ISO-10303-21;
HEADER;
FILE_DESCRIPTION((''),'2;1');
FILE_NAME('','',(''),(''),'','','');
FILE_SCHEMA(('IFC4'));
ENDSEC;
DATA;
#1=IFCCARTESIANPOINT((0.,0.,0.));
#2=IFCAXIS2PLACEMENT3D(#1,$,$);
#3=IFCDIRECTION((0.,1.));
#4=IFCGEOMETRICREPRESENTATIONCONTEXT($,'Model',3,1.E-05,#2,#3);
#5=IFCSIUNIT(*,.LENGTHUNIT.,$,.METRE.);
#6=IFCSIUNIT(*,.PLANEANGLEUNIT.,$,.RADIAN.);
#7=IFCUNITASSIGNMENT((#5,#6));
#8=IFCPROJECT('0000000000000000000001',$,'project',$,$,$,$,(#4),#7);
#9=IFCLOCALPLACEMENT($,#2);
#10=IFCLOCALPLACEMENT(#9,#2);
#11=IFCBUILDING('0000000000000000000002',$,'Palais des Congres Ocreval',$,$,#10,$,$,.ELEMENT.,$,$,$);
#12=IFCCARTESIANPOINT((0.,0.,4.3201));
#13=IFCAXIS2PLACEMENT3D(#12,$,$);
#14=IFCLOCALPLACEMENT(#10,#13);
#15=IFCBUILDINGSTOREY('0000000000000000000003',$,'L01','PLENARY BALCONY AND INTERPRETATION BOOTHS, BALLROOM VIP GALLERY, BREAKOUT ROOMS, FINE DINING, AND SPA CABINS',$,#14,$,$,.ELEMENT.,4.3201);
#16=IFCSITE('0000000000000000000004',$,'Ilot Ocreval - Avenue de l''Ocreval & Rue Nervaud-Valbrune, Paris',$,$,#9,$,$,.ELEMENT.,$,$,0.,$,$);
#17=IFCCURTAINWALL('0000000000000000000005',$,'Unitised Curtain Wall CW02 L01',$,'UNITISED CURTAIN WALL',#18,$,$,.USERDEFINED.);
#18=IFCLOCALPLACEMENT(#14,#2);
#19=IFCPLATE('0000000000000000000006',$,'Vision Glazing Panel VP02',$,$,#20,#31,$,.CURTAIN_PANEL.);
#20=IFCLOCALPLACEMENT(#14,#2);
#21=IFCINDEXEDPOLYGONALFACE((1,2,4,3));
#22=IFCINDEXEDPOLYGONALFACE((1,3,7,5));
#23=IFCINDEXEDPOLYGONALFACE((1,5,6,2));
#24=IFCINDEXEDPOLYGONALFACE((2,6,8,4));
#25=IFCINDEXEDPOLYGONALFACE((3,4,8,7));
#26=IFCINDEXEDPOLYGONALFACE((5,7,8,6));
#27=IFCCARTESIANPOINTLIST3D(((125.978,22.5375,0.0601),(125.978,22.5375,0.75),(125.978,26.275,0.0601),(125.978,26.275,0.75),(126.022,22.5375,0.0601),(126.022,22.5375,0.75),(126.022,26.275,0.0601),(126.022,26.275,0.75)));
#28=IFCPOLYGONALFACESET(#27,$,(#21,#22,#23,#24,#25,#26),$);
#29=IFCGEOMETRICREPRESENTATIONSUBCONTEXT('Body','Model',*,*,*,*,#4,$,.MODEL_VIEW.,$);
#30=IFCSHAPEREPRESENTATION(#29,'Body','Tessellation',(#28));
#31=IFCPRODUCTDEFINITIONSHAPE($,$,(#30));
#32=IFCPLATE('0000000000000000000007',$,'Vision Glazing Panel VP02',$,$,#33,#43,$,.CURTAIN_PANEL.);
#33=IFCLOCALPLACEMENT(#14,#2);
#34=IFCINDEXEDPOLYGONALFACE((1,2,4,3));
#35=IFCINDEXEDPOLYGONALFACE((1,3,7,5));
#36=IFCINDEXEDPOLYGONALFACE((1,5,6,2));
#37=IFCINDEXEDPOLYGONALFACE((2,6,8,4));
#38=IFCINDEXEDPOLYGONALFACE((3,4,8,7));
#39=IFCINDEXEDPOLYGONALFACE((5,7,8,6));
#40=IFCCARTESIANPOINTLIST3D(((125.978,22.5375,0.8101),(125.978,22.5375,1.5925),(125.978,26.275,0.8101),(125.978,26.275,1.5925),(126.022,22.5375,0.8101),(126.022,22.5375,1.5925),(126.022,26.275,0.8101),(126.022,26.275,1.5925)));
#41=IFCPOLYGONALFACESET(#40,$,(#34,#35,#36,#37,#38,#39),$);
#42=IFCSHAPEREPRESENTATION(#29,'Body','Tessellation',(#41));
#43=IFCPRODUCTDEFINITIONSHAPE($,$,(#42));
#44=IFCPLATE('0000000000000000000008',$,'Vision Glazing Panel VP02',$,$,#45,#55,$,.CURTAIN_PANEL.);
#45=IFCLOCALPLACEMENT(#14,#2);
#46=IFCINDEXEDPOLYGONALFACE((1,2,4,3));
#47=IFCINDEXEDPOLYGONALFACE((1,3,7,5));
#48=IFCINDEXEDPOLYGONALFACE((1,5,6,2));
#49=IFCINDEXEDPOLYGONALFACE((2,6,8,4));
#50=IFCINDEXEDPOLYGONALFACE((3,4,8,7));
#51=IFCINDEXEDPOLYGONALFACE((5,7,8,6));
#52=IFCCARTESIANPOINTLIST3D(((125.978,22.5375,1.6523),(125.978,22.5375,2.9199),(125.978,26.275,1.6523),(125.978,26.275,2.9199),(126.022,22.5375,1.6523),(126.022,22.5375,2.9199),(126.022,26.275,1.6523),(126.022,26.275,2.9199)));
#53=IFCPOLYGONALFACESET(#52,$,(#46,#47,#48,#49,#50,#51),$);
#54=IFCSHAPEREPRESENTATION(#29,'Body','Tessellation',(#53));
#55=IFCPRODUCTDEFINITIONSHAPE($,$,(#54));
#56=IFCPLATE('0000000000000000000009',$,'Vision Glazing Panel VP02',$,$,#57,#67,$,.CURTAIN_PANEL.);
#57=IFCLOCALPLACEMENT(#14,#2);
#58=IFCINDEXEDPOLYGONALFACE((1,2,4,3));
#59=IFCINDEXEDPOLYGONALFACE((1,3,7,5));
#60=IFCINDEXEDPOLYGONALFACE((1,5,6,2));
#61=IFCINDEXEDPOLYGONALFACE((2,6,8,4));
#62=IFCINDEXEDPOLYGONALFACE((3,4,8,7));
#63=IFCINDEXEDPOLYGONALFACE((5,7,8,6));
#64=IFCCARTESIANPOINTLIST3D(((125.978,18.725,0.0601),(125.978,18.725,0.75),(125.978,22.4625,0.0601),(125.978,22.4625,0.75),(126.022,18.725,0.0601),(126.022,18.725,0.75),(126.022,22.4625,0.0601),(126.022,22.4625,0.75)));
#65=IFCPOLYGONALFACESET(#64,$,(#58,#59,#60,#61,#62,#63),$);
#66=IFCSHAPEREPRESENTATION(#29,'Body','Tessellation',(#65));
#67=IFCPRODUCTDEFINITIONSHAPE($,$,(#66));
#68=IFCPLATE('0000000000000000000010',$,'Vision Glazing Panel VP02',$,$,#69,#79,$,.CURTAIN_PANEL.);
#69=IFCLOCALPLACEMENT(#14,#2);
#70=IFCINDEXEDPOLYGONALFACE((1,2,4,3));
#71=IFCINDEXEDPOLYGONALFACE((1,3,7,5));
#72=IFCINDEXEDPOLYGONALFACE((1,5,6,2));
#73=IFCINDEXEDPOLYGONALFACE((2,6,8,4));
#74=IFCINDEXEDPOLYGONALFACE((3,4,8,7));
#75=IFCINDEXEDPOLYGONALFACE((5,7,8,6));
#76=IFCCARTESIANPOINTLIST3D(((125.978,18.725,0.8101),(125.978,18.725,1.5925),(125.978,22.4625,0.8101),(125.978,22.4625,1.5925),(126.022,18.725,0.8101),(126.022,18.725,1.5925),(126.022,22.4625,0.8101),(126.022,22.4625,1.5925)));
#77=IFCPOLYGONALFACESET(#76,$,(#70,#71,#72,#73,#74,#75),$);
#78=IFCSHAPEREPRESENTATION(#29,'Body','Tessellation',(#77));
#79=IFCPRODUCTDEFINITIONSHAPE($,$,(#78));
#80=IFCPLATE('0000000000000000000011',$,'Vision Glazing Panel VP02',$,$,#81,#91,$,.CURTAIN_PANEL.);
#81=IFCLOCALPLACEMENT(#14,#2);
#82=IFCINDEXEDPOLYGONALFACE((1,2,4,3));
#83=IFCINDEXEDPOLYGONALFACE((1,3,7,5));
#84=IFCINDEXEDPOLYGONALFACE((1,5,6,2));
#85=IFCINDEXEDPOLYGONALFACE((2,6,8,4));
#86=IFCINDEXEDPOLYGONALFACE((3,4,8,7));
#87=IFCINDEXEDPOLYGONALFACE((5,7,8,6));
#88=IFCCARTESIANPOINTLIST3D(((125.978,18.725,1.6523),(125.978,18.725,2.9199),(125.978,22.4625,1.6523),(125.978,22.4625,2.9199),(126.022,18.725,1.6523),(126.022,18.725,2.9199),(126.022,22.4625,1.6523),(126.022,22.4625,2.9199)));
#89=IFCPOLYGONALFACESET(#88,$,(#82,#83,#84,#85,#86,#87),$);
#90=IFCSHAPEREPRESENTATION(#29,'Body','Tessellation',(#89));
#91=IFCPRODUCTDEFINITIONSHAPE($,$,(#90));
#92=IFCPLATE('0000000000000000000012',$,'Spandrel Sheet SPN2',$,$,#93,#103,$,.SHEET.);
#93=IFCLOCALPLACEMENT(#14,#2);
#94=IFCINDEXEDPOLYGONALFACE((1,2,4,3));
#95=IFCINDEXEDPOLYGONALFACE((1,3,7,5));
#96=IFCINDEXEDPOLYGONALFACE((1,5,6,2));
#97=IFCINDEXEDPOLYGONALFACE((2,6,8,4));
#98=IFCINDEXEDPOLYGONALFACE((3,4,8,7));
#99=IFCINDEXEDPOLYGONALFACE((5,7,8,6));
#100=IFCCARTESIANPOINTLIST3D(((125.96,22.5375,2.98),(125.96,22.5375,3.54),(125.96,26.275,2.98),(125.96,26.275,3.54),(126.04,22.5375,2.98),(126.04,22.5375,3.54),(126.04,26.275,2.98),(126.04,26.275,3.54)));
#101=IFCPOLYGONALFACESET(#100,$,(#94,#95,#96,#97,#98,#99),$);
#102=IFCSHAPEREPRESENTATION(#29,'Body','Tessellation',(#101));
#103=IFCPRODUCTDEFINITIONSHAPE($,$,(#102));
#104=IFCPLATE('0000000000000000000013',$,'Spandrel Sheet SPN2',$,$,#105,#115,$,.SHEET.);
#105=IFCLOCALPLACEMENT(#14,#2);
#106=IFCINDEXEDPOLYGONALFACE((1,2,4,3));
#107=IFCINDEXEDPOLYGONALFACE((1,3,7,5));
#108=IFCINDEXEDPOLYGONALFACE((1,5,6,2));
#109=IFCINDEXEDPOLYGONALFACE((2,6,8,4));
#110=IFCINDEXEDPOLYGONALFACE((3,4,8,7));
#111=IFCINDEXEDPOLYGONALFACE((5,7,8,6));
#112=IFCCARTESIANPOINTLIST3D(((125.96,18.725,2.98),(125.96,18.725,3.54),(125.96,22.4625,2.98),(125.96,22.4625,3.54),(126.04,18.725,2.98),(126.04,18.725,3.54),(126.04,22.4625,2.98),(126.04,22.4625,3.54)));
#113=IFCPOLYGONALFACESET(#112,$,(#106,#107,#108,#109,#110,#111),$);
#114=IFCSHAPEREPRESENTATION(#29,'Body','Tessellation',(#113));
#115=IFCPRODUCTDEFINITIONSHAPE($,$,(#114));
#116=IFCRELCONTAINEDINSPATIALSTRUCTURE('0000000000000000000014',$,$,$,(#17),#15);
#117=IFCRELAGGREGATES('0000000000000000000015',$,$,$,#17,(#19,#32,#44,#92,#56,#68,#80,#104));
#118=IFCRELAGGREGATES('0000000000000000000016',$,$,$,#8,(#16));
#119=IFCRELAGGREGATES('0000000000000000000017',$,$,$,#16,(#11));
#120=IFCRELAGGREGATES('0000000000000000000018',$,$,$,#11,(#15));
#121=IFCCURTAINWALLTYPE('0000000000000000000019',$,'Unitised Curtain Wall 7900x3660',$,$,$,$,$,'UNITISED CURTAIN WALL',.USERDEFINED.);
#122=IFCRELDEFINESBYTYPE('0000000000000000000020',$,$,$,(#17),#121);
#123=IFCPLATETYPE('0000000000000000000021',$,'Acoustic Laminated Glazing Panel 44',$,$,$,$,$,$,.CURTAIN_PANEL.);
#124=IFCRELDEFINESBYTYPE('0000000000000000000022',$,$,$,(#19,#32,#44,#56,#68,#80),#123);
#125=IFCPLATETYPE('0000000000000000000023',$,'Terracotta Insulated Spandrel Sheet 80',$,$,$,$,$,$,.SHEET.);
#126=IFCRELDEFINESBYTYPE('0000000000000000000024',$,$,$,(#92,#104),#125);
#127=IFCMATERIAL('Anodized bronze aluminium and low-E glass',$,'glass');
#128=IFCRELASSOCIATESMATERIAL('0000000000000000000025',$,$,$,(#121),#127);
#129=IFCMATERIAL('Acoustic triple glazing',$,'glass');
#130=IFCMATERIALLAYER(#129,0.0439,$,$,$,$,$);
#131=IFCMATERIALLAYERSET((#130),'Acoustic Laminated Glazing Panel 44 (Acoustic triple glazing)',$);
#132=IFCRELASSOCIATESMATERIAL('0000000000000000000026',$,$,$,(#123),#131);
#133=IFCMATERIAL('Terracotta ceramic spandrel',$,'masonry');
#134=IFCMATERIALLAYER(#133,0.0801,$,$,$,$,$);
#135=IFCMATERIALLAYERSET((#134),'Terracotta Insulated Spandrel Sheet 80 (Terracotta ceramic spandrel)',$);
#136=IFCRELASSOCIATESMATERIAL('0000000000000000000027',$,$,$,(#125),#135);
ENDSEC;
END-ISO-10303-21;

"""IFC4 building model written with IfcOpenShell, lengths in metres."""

from ifc_helpers import new_model, si_unit, direction, frame, origin, origin_2d, place, context, subcontext, project, spatial, rectangle, extrude, material, layer, layer_set, type_object, element, aggregate, save


model = new_model("IFC4")

# Units and contexts
model_context = context("Model", 3, precision=1e-05, world=origin(), true_north=direction((0.0, 1.0)))
body_context = subcontext(model_context, "Body", "Model", "MODEL_VIEW")
ifc_project = project(units=[si_unit("LENGTHUNIT", "METRE"), si_unit("PLANEANGLEUNIT", "RADIAN")], contexts=[model_context])

# Site, building, storey
site_placement = place(None, origin())
site = spatial("IfcSite", under=ifc_project, at=site_placement, Name="Ilot Ocreval - Avenue de l'Ocreval & Rue Nervaud-Valbrune, Paris", CompositionType="ELEMENT", RefElevation=0.0)
building_placement = place(site_placement, origin())
building = spatial("IfcBuilding", under=site, at=building_placement, Name="Palais des Congres Ocreval", CompositionType="ELEMENT")
storey_placement = place(building_placement, frame((0.0, 0.0, 4.3201)))
storey = spatial("IfcBuildingStorey", under=building, at=storey_placement, Name="L01", Description="PLENARY BALCONY AND INTERPRETATION BOOTHS, BALLROOM VIP GALLERY, BREAKOUT ROOMS, FINE DINING, AND SPA CABINS", CompositionType="ELEMENT", Elevation=4.3201)

# Curtain wall, plates
ifc_material_1 = material(Name="Anodized bronze aluminium and low-E glass", Category="glass")
curtain_wall_type = type_object("IfcCurtainWallType", Name="Unitised Curtain Wall 7900x3660", ElementType="UNITISED CURTAIN WALL", PredefinedType="USERDEFINED", material=ifc_material_1)
curtain_wall_placement = place(storey_placement, origin())
curtain_wall = element("IfcCurtainWall", 1, at=curtain_wall_placement, inside=storey, type_object=curtain_wall_type, Name="Unitised Curtain Wall CW02 L01", ObjectType="UNITISED CURTAIN WALL", PredefinedType="USERDEFINED")
ifc_material_2 = material(Name="Acoustic triple glazing", Category="glass")
ifc_layer_1 = layer(ifc_material_2, 0.0439)
ifc_layer_set_1 = layer_set([ifc_layer_1], Name="Acoustic Laminated Glazing Panel 44 (Acoustic triple glazing)")
plate_type_1 = type_object("IfcPlateType", Name="Acoustic Laminated Glazing Panel 44", PredefinedType="CURTAIN_PANEL", material=ifc_layer_set_1)
plate_1_placement = place(storey_placement, frame((126.0, 24.4062, 0.0601), z_axis=(0.0, 0.0, 1.0), x_axis=(0.0, -1.0, 0.0)))
plate_1 = element("IfcPlate", 2, at=plate_1_placement, type_object=plate_type_1, Name="Vision Glazing Panel VP02", PredefinedType="CURTAIN_PANEL", context=body_context, shape_type="SweptSolid", body=[
    extrude(rectangle(XDim=3.7375, YDim=0.0439, at=origin_2d()), origin(), (0.0, 0.0, 1.0), 0.6899),
])
plate_2_placement = place(storey_placement, frame((126.0, 24.4062, 0.8101), z_axis=(0.0, 0.0, 1.0), x_axis=(0.0, -1.0, 0.0)))
plate_2 = element("IfcPlate", 3, at=plate_2_placement, type_object=plate_type_1, Name="Vision Glazing Panel VP02", PredefinedType="CURTAIN_PANEL", context=body_context, shape_type="SweptSolid", body=[
    extrude(rectangle(XDim=3.7375, YDim=0.0439, at=origin_2d()), origin(), (0.0, 0.0, 1.0), 0.7825),
])
plate_3_placement = place(storey_placement, frame((126.0, 24.4062, 1.6523), z_axis=(0.0, 0.0, 1.0), x_axis=(0.0, -1.0, 0.0)))
plate_3 = element("IfcPlate", 4, at=plate_3_placement, type_object=plate_type_1, Name="Vision Glazing Panel VP02", PredefinedType="CURTAIN_PANEL", context=body_context, shape_type="SweptSolid", body=[
    extrude(rectangle(XDim=3.7375, YDim=0.0439, at=origin_2d()), origin(), (0.0, 0.0, 1.0), 1.2676),
])
plate_4_placement = place(storey_placement, frame((126.0, 20.5938, 0.0601), z_axis=(0.0, 0.0, 1.0), x_axis=(0.0, -1.0, 0.0)))
plate_4 = element("IfcPlate", 5, at=plate_4_placement, type_object=plate_type_1, Name="Vision Glazing Panel VP02", PredefinedType="CURTAIN_PANEL", context=body_context, shape_type="SweptSolid", body=[
    extrude(rectangle(XDim=3.7375, YDim=0.0439, at=origin_2d()), origin(), (0.0, 0.0, 1.0), 0.6899),
])
plate_5_placement = place(storey_placement, frame((126.0, 20.5938, 0.8101), z_axis=(0.0, 0.0, 1.0), x_axis=(0.0, -1.0, 0.0)))
plate_5 = element("IfcPlate", 6, at=plate_5_placement, type_object=plate_type_1, Name="Vision Glazing Panel VP02", PredefinedType="CURTAIN_PANEL", context=body_context, shape_type="SweptSolid", body=[
    extrude(rectangle(XDim=3.7375, YDim=0.0439, at=origin_2d()), origin(), (0.0, 0.0, 1.0), 0.7825),
])
plate_6_placement = place(storey_placement, frame((126.0, 20.5938, 1.6523), z_axis=(0.0, 0.0, 1.0), x_axis=(0.0, -1.0, 0.0)))
plate_6 = element("IfcPlate", 7, at=plate_6_placement, type_object=plate_type_1, Name="Vision Glazing Panel VP02", PredefinedType="CURTAIN_PANEL", context=body_context, shape_type="SweptSolid", body=[
    extrude(rectangle(XDim=3.7375, YDim=0.0439, at=origin_2d()), origin(), (0.0, 0.0, 1.0), 1.2676),
])
ifc_material_3 = material(Name="Terracotta ceramic spandrel", Category="masonry")
ifc_layer_2 = layer(ifc_material_3, 0.0801)
ifc_layer_set_2 = layer_set([ifc_layer_2], Name="Terracotta Insulated Spandrel Sheet 80 (Terracotta ceramic spandrel)")
plate_type_2 = type_object("IfcPlateType", Name="Terracotta Insulated Spandrel Sheet 80", PredefinedType="SHEET", material=ifc_layer_set_2)
plate_7_placement = place(storey_placement, frame((126.0, 24.4062, 2.98), z_axis=(0.0, 0.0, 1.0), x_axis=(0.0, -1.0, 0.0)))
plate_7 = element("IfcPlate", 8, at=plate_7_placement, type_object=plate_type_2, Name="Spandrel Sheet SPN2", PredefinedType="SHEET", context=body_context, shape_type="SweptSolid", body=[
    extrude(rectangle(XDim=3.7375, YDim=0.0801, at=origin_2d()), origin(), (0.0, 0.0, 1.0), 0.5601),
])
plate_8_placement = place(storey_placement, frame((126.0, 20.5938, 2.98), z_axis=(0.0, 0.0, 1.0), x_axis=(0.0, -1.0, 0.0)))
plate_8 = element("IfcPlate", 9, at=plate_8_placement, type_object=plate_type_2, Name="Spandrel Sheet SPN2", PredefinedType="SHEET", context=body_context, shape_type="SweptSolid", body=[
    extrude(rectangle(XDim=3.7375, YDim=0.0801, at=origin_2d()), origin(), (0.0, 0.0, 1.0), 0.5601),
])
aggregate(curtain_wall, [plate_1, plate_2, plate_3, plate_7, plate_4, plate_5, plate_6, plate_8])

save(model, "model.ifc")
